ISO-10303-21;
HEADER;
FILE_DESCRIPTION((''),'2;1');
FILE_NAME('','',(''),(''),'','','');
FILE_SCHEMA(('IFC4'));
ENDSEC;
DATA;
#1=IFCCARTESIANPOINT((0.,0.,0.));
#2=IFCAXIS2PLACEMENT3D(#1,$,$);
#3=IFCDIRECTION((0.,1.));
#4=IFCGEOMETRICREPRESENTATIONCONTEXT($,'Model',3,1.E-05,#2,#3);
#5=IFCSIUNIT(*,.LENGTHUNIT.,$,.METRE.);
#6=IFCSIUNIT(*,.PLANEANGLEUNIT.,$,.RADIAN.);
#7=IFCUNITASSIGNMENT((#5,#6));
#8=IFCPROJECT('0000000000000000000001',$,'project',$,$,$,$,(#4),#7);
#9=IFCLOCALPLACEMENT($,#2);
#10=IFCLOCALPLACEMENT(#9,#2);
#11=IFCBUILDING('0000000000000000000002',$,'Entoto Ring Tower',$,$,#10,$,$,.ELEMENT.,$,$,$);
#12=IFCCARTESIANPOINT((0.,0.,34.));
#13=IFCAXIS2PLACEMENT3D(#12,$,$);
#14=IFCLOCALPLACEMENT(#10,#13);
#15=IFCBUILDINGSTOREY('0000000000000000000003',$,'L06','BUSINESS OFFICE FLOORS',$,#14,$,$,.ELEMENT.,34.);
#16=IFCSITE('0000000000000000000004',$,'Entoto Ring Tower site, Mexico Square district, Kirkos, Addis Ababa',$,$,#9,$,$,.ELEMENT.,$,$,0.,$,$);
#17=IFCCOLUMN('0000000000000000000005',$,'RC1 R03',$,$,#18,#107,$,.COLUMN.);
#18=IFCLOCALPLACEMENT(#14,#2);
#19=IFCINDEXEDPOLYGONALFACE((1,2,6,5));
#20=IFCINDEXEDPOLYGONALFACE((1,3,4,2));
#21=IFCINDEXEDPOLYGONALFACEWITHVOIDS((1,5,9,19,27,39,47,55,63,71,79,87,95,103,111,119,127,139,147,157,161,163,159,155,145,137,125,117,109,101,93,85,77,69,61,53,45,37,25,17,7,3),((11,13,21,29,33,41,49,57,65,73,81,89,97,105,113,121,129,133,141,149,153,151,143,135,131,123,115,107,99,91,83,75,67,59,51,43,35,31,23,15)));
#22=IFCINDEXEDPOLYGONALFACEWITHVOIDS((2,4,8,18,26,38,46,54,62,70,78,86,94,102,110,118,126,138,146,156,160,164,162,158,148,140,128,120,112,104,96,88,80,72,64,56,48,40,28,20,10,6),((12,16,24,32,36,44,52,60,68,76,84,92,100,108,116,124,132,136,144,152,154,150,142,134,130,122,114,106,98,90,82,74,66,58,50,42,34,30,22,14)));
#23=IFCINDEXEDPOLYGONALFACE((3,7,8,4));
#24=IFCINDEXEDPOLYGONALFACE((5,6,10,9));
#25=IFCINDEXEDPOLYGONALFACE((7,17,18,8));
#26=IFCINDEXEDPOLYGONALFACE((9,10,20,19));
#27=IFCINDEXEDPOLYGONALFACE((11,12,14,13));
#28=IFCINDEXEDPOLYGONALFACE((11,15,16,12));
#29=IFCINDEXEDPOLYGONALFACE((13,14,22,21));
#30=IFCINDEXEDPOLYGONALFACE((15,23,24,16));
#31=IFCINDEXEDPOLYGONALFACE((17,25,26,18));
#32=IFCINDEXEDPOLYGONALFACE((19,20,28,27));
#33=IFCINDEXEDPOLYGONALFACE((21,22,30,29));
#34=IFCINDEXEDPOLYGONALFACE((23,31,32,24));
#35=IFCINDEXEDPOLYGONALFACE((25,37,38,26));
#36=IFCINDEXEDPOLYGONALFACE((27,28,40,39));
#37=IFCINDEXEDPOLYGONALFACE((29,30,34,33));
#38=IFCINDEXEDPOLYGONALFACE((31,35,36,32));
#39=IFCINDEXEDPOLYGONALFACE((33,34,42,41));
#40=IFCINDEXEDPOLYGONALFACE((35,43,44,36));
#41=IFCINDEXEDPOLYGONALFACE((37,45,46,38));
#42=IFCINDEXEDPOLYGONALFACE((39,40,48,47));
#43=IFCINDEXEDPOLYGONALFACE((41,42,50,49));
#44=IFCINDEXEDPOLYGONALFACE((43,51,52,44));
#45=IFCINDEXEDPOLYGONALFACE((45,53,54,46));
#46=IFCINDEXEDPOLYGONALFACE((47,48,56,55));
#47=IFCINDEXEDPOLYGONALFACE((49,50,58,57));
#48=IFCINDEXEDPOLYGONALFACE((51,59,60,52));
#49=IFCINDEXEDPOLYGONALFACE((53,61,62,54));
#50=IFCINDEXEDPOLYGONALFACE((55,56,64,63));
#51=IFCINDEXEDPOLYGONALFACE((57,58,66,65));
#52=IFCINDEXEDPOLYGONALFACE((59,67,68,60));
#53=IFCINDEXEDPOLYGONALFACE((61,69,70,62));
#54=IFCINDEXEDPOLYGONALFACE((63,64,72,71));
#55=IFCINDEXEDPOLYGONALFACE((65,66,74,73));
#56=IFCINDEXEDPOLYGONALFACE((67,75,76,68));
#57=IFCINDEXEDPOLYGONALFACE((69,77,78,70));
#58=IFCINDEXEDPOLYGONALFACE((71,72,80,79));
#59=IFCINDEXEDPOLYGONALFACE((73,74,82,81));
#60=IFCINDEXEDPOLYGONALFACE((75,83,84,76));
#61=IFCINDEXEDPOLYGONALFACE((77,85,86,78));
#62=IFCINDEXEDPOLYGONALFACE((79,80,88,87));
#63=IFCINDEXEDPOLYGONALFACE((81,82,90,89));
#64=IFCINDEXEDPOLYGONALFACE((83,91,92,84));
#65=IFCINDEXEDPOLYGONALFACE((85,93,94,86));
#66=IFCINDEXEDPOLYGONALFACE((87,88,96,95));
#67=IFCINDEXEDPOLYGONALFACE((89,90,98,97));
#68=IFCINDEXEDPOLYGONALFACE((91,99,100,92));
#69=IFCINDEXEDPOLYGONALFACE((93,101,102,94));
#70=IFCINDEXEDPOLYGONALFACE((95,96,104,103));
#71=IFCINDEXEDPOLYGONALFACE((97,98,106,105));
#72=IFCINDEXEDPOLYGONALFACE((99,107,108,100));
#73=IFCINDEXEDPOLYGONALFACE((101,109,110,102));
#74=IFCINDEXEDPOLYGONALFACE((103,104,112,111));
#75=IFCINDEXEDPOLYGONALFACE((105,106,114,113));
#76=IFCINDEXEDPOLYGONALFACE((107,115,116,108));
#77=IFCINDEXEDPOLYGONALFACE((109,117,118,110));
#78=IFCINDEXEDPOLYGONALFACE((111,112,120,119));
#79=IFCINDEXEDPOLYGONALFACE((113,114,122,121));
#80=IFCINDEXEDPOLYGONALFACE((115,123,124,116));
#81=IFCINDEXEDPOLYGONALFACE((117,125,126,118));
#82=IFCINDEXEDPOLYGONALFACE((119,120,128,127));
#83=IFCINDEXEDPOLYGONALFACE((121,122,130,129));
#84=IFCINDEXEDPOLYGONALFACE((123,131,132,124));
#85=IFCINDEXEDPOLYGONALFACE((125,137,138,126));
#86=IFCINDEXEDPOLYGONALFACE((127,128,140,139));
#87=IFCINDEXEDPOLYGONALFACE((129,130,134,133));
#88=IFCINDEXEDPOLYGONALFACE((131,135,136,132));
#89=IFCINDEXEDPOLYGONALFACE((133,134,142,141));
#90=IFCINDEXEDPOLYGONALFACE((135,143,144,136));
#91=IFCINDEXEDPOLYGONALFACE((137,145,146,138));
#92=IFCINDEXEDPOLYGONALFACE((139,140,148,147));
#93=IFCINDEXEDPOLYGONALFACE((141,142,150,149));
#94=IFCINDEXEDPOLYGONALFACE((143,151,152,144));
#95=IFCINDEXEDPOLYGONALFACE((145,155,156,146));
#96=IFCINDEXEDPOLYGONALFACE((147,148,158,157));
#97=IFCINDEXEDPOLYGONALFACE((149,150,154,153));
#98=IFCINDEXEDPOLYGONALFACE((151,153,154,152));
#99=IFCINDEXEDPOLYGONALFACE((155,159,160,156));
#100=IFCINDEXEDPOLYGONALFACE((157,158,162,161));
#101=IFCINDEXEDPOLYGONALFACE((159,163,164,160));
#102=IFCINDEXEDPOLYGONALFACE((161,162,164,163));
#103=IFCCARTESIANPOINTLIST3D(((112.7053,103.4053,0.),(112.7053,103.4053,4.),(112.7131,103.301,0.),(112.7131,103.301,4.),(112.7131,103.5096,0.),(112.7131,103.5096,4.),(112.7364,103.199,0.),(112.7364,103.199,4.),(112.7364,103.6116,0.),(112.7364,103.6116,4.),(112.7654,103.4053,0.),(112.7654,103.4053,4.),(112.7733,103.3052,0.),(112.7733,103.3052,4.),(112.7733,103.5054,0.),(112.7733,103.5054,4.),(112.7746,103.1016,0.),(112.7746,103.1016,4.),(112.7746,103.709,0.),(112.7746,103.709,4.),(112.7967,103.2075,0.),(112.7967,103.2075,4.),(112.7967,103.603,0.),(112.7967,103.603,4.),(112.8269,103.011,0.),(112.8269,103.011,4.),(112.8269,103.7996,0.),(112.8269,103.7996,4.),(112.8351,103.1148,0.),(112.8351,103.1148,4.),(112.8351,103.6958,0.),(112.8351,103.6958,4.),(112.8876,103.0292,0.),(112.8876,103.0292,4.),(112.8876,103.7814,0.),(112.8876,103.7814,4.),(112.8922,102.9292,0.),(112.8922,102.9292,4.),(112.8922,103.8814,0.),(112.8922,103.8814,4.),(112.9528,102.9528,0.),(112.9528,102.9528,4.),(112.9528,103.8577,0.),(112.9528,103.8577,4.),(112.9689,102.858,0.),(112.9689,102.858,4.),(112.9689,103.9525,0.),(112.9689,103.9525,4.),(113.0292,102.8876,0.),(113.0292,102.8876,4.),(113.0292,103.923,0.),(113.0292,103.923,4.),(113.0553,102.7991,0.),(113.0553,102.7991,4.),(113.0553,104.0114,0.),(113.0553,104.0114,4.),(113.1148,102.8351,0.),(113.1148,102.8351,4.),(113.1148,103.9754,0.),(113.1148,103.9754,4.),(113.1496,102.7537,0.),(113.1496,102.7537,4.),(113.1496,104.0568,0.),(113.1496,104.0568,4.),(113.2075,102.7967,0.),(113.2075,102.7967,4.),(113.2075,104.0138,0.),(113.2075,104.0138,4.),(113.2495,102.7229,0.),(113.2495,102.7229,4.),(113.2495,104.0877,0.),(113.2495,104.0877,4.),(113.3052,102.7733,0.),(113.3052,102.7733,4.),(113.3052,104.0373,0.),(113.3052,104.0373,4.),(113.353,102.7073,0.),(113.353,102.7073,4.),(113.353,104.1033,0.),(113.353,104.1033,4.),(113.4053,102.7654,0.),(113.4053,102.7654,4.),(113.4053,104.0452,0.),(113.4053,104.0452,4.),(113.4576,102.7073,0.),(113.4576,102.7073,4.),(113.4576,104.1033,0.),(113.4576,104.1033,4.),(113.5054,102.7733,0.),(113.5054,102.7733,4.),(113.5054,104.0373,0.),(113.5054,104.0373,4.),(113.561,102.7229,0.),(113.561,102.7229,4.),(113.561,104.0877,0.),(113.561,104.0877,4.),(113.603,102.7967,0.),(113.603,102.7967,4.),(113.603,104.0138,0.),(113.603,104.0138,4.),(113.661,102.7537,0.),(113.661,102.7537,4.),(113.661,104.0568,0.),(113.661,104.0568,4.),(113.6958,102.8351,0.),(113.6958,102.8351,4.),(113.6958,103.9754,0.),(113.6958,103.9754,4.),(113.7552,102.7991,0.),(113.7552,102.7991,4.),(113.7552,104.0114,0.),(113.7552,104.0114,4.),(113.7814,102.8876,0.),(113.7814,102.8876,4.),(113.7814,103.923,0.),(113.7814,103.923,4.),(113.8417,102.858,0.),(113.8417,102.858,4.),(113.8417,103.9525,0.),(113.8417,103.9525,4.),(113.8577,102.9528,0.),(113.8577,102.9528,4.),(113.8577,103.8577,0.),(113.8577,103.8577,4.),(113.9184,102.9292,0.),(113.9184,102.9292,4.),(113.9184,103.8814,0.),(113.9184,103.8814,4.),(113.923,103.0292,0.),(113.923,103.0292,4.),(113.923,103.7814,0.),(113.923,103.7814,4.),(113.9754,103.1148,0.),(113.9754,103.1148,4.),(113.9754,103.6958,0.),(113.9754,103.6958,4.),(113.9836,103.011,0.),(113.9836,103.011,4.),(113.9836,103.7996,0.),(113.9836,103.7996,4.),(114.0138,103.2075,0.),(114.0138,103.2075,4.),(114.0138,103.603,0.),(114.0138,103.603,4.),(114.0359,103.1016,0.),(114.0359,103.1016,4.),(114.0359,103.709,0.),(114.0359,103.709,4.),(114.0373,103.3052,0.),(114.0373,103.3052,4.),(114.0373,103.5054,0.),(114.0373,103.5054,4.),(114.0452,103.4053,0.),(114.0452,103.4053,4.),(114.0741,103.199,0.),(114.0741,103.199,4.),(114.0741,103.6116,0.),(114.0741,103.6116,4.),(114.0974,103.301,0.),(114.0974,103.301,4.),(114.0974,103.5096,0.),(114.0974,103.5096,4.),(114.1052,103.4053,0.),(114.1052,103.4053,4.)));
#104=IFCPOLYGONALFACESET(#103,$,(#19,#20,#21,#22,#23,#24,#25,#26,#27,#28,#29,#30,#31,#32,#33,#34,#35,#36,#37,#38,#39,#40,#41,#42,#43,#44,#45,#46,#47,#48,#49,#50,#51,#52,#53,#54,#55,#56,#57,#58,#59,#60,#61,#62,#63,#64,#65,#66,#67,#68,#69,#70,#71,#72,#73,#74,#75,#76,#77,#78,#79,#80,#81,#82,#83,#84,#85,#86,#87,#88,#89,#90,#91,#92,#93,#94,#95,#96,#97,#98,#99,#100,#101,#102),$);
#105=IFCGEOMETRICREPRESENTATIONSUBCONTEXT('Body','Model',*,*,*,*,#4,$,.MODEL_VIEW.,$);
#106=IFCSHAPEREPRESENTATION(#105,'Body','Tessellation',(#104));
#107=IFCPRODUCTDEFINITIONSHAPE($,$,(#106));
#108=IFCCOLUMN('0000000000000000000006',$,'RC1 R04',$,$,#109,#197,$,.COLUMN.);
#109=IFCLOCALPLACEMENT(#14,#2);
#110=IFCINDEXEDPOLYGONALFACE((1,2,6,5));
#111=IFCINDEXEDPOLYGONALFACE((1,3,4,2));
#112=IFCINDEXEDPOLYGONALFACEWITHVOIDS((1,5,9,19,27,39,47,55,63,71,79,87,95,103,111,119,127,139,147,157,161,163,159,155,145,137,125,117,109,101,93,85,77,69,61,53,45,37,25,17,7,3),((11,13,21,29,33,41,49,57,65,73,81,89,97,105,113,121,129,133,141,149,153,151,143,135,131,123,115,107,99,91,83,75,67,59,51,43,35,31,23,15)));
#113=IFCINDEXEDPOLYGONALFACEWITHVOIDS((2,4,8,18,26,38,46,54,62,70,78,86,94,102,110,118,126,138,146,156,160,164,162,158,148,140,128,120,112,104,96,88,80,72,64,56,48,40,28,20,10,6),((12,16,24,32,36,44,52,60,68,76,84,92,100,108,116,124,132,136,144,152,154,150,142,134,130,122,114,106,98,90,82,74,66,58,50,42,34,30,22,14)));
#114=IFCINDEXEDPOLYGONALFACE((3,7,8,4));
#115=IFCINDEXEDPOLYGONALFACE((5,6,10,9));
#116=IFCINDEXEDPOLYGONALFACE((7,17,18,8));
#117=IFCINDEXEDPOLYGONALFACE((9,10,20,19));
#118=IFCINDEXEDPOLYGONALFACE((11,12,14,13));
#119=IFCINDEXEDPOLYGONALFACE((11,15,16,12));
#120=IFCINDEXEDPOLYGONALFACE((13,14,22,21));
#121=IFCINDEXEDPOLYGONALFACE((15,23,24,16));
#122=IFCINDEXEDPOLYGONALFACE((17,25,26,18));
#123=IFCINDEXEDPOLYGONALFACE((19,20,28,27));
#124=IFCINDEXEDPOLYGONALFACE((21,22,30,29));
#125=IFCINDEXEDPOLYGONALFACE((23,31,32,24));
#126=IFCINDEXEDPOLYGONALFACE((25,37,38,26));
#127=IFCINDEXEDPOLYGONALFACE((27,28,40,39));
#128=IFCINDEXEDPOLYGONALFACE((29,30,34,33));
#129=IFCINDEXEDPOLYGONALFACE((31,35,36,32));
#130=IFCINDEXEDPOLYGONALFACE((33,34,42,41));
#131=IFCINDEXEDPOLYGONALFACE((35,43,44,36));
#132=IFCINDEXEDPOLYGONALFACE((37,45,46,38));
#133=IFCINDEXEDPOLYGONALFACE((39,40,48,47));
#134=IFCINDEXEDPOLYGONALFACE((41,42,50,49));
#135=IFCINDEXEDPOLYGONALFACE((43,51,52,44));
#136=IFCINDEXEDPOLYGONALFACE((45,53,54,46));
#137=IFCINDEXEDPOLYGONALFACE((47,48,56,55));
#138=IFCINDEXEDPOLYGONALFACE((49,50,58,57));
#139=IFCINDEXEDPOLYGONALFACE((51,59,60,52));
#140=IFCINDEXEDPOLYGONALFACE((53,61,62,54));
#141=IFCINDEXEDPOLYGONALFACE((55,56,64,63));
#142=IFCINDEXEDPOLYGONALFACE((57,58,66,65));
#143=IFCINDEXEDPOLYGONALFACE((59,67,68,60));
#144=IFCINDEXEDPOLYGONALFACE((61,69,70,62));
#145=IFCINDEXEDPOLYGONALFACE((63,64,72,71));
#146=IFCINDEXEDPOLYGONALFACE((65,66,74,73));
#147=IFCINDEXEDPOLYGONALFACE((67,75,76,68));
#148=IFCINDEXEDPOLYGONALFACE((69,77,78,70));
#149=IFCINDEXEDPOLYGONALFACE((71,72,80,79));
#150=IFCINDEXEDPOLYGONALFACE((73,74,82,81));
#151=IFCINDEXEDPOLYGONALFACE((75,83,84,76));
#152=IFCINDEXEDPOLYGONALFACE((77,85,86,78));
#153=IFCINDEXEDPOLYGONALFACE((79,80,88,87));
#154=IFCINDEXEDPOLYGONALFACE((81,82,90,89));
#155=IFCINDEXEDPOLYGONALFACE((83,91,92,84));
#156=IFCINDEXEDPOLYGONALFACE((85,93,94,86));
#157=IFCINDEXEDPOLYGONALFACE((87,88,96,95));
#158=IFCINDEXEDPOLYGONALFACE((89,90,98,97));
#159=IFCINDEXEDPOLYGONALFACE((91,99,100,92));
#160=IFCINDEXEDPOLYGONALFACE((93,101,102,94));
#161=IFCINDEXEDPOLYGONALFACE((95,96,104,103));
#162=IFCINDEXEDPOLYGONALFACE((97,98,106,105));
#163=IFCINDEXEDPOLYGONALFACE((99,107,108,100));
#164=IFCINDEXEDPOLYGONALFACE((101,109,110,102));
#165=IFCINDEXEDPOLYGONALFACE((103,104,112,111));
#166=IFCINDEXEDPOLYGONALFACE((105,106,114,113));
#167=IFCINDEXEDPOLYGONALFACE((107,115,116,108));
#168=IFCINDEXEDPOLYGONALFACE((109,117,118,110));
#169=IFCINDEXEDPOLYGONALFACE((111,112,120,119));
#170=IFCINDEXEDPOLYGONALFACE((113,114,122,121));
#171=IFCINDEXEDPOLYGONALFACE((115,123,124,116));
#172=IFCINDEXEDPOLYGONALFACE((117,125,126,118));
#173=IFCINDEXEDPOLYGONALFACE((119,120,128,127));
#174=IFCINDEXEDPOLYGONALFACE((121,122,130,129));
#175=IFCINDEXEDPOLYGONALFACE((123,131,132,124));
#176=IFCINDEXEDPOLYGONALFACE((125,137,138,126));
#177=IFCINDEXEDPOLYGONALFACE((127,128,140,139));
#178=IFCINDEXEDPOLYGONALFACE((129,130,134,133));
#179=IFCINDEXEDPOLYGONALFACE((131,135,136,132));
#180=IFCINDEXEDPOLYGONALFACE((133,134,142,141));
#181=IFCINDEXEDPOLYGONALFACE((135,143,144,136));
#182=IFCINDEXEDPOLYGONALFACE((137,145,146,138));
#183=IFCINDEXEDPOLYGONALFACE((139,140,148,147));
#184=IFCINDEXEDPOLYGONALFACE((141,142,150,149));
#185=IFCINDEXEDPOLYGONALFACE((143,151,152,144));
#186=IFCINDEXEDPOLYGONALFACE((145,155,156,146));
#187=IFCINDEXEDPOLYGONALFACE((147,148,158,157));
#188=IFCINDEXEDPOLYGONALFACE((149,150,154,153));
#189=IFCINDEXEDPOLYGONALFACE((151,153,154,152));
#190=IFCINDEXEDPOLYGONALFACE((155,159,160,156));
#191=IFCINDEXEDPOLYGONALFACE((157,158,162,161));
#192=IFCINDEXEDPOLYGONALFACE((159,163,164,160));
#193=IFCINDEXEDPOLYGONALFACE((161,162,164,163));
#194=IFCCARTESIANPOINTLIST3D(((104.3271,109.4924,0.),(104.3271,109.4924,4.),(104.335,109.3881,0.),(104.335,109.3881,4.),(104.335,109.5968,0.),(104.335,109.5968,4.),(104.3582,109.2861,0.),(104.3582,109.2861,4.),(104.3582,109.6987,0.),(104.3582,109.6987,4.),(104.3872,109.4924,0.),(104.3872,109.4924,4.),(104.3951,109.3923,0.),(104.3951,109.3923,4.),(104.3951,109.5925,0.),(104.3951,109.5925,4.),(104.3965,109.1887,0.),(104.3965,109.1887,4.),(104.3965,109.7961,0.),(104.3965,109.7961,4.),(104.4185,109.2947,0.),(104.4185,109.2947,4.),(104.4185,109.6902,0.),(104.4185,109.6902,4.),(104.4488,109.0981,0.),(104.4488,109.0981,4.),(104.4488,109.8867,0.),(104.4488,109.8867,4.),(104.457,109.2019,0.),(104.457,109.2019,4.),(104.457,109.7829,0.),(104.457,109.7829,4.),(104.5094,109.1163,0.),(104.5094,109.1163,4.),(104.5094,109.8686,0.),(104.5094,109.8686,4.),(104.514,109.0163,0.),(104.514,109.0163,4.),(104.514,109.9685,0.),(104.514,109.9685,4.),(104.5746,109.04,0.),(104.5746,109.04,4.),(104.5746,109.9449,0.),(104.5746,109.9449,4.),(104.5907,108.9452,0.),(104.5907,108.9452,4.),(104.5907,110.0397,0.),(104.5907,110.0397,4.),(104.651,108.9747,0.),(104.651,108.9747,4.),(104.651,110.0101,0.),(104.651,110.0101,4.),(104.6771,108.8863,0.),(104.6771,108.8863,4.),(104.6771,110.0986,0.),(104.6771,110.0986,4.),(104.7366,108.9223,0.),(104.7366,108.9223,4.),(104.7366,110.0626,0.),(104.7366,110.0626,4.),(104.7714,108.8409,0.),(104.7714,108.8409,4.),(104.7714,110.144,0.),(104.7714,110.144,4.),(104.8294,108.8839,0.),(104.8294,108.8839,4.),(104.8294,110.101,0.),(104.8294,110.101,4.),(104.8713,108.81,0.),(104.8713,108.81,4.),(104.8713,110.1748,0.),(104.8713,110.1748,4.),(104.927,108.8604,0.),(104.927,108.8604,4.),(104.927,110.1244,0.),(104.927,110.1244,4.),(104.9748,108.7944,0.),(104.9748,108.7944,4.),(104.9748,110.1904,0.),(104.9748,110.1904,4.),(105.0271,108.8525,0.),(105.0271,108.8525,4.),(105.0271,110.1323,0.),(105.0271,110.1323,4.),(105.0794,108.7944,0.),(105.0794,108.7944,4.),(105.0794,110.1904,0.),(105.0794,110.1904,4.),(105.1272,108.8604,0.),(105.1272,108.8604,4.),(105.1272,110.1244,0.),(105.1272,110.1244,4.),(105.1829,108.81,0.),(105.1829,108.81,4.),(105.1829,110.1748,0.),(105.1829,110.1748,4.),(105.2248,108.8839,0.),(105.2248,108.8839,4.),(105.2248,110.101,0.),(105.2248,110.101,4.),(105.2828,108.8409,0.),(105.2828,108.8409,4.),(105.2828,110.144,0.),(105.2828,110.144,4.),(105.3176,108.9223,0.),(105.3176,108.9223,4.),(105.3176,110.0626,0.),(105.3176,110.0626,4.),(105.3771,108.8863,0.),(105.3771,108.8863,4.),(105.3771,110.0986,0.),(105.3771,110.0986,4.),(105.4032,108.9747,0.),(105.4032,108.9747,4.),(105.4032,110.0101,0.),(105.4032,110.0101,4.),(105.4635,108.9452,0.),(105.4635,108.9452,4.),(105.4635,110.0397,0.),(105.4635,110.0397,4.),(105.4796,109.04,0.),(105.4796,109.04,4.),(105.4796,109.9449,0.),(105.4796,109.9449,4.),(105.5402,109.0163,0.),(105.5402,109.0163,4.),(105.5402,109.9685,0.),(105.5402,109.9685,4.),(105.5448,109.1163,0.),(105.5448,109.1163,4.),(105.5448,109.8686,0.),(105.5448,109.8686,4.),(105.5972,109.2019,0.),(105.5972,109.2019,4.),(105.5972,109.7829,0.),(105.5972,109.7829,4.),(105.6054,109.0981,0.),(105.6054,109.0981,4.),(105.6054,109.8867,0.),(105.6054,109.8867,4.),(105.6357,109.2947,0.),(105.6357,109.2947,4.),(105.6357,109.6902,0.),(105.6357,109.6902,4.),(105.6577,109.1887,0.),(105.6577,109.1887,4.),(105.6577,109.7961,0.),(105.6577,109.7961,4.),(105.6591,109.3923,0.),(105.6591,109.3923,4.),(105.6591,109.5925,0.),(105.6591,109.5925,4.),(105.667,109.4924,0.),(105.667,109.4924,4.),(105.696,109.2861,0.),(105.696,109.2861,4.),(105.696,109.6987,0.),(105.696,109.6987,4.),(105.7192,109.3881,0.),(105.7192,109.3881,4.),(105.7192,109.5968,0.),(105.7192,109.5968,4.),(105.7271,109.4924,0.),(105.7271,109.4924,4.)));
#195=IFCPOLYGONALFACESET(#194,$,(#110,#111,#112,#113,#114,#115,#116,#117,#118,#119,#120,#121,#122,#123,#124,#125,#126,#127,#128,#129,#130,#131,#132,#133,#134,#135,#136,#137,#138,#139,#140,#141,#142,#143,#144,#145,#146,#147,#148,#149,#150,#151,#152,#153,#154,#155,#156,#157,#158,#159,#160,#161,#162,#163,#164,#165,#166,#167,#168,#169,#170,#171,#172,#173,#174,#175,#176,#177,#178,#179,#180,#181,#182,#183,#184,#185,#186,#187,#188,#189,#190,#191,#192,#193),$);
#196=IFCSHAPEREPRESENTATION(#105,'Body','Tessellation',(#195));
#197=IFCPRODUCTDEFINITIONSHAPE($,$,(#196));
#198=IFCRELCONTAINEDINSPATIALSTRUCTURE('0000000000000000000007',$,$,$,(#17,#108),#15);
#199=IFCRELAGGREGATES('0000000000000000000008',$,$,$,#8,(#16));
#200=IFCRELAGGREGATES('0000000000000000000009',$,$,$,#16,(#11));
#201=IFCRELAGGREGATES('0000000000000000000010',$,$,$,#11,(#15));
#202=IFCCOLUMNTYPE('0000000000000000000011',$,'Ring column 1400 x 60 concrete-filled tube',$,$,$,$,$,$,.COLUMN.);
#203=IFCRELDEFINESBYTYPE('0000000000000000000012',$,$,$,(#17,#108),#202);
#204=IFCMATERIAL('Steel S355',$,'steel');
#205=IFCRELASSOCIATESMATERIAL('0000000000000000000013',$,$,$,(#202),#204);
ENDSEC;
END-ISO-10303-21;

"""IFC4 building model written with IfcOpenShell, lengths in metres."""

from ifc_helpers import new_model, si_unit, direction, frame, origin, origin_2d, place, context, subcontext, project, spatial, circle, hollow_circle, extrude, material, material_profile, profile_set, type_object, element, save


model = new_model("IFC4")

# Units and contexts
model_context = context("Model", 3, precision=1e-05, world=origin(), true_north=direction((0.0, 1.0)))
body_context = subcontext(model_context, "Body", "Model", "MODEL_VIEW")
ifc_project = project(units=[si_unit("LENGTHUNIT", "METRE"), si_unit("PLANEANGLEUNIT", "RADIAN")], contexts=[model_context])

# Site, building, storey
site_placement = place(None, origin())
site = spatial("IfcSite", under=ifc_project, at=site_placement, Name="Entoto Ring Tower site, Mexico Square district, Kirkos, Addis Ababa", CompositionType="ELEMENT", RefElevation=0.0)
building_placement = place(site_placement, origin())
building = spatial("IfcBuilding", under=site, at=building_placement, Name="Entoto Ring Tower", CompositionType="ELEMENT")
storey_placement = place(building_placement, frame((0.0, 0.0, 34.0)))
storey = spatial("IfcBuildingStorey", under=building, at=storey_placement, Name="L06", Description="BUSINESS OFFICE FLOORS", CompositionType="ELEMENT", Elevation=34.0)

# Columns
ifc_material_1 = material(Name="Steel S355", Category="steel")
ifc_material_profile_1 = material_profile(ifc_material_1, hollow_circle(Radius=0.7, WallThickness=0.0601, at=origin_2d()), Name="CHS 1400 x 60")
ifc_material_2 = material(Name="Concrete C60/75", Category="concrete")
ifc_material_profile_2 = material_profile(ifc_material_2, circle(Radius=0.6399, at=origin_2d()), Name="Concrete C60/75 infill")
ifc_profile_set_1 = profile_set([ifc_material_profile_1, ifc_material_profile_2], Name="Steel S355")
column_type = type_object("IfcColumnType", Name="Ring column 1400 x 60 concrete-filled tube", PredefinedType="COLUMN", material=ifc_profile_set_1)
for number, where, z_axis, x_axis, name in (
    (1, (113.4053, 103.4053, 0.0), (0.0, 0.0, 1.0), (1.0, 0.0, 0.0), "RC1 R03"),
    (2, (105.0271, 109.4924, 0.0), (0.0, 0.0, 1.0), (1.0, 0.0, 0.0), "RC1 R04"),
):
    element("IfcColumn", number, at=place(storey_placement, frame(where, z_axis=z_axis, x_axis=x_axis)), inside=storey, type_object=column_type, Name=name, PredefinedType="COLUMN", context=body_context, shape_type="SweptSolid", body=[
        extrude(hollow_circle(Radius=0.7, WallThickness=0.0601, at=origin_2d()), origin(), (0.0, 0.0, 1.0), 4.0),
    ])

save(model, "model.ifc")
